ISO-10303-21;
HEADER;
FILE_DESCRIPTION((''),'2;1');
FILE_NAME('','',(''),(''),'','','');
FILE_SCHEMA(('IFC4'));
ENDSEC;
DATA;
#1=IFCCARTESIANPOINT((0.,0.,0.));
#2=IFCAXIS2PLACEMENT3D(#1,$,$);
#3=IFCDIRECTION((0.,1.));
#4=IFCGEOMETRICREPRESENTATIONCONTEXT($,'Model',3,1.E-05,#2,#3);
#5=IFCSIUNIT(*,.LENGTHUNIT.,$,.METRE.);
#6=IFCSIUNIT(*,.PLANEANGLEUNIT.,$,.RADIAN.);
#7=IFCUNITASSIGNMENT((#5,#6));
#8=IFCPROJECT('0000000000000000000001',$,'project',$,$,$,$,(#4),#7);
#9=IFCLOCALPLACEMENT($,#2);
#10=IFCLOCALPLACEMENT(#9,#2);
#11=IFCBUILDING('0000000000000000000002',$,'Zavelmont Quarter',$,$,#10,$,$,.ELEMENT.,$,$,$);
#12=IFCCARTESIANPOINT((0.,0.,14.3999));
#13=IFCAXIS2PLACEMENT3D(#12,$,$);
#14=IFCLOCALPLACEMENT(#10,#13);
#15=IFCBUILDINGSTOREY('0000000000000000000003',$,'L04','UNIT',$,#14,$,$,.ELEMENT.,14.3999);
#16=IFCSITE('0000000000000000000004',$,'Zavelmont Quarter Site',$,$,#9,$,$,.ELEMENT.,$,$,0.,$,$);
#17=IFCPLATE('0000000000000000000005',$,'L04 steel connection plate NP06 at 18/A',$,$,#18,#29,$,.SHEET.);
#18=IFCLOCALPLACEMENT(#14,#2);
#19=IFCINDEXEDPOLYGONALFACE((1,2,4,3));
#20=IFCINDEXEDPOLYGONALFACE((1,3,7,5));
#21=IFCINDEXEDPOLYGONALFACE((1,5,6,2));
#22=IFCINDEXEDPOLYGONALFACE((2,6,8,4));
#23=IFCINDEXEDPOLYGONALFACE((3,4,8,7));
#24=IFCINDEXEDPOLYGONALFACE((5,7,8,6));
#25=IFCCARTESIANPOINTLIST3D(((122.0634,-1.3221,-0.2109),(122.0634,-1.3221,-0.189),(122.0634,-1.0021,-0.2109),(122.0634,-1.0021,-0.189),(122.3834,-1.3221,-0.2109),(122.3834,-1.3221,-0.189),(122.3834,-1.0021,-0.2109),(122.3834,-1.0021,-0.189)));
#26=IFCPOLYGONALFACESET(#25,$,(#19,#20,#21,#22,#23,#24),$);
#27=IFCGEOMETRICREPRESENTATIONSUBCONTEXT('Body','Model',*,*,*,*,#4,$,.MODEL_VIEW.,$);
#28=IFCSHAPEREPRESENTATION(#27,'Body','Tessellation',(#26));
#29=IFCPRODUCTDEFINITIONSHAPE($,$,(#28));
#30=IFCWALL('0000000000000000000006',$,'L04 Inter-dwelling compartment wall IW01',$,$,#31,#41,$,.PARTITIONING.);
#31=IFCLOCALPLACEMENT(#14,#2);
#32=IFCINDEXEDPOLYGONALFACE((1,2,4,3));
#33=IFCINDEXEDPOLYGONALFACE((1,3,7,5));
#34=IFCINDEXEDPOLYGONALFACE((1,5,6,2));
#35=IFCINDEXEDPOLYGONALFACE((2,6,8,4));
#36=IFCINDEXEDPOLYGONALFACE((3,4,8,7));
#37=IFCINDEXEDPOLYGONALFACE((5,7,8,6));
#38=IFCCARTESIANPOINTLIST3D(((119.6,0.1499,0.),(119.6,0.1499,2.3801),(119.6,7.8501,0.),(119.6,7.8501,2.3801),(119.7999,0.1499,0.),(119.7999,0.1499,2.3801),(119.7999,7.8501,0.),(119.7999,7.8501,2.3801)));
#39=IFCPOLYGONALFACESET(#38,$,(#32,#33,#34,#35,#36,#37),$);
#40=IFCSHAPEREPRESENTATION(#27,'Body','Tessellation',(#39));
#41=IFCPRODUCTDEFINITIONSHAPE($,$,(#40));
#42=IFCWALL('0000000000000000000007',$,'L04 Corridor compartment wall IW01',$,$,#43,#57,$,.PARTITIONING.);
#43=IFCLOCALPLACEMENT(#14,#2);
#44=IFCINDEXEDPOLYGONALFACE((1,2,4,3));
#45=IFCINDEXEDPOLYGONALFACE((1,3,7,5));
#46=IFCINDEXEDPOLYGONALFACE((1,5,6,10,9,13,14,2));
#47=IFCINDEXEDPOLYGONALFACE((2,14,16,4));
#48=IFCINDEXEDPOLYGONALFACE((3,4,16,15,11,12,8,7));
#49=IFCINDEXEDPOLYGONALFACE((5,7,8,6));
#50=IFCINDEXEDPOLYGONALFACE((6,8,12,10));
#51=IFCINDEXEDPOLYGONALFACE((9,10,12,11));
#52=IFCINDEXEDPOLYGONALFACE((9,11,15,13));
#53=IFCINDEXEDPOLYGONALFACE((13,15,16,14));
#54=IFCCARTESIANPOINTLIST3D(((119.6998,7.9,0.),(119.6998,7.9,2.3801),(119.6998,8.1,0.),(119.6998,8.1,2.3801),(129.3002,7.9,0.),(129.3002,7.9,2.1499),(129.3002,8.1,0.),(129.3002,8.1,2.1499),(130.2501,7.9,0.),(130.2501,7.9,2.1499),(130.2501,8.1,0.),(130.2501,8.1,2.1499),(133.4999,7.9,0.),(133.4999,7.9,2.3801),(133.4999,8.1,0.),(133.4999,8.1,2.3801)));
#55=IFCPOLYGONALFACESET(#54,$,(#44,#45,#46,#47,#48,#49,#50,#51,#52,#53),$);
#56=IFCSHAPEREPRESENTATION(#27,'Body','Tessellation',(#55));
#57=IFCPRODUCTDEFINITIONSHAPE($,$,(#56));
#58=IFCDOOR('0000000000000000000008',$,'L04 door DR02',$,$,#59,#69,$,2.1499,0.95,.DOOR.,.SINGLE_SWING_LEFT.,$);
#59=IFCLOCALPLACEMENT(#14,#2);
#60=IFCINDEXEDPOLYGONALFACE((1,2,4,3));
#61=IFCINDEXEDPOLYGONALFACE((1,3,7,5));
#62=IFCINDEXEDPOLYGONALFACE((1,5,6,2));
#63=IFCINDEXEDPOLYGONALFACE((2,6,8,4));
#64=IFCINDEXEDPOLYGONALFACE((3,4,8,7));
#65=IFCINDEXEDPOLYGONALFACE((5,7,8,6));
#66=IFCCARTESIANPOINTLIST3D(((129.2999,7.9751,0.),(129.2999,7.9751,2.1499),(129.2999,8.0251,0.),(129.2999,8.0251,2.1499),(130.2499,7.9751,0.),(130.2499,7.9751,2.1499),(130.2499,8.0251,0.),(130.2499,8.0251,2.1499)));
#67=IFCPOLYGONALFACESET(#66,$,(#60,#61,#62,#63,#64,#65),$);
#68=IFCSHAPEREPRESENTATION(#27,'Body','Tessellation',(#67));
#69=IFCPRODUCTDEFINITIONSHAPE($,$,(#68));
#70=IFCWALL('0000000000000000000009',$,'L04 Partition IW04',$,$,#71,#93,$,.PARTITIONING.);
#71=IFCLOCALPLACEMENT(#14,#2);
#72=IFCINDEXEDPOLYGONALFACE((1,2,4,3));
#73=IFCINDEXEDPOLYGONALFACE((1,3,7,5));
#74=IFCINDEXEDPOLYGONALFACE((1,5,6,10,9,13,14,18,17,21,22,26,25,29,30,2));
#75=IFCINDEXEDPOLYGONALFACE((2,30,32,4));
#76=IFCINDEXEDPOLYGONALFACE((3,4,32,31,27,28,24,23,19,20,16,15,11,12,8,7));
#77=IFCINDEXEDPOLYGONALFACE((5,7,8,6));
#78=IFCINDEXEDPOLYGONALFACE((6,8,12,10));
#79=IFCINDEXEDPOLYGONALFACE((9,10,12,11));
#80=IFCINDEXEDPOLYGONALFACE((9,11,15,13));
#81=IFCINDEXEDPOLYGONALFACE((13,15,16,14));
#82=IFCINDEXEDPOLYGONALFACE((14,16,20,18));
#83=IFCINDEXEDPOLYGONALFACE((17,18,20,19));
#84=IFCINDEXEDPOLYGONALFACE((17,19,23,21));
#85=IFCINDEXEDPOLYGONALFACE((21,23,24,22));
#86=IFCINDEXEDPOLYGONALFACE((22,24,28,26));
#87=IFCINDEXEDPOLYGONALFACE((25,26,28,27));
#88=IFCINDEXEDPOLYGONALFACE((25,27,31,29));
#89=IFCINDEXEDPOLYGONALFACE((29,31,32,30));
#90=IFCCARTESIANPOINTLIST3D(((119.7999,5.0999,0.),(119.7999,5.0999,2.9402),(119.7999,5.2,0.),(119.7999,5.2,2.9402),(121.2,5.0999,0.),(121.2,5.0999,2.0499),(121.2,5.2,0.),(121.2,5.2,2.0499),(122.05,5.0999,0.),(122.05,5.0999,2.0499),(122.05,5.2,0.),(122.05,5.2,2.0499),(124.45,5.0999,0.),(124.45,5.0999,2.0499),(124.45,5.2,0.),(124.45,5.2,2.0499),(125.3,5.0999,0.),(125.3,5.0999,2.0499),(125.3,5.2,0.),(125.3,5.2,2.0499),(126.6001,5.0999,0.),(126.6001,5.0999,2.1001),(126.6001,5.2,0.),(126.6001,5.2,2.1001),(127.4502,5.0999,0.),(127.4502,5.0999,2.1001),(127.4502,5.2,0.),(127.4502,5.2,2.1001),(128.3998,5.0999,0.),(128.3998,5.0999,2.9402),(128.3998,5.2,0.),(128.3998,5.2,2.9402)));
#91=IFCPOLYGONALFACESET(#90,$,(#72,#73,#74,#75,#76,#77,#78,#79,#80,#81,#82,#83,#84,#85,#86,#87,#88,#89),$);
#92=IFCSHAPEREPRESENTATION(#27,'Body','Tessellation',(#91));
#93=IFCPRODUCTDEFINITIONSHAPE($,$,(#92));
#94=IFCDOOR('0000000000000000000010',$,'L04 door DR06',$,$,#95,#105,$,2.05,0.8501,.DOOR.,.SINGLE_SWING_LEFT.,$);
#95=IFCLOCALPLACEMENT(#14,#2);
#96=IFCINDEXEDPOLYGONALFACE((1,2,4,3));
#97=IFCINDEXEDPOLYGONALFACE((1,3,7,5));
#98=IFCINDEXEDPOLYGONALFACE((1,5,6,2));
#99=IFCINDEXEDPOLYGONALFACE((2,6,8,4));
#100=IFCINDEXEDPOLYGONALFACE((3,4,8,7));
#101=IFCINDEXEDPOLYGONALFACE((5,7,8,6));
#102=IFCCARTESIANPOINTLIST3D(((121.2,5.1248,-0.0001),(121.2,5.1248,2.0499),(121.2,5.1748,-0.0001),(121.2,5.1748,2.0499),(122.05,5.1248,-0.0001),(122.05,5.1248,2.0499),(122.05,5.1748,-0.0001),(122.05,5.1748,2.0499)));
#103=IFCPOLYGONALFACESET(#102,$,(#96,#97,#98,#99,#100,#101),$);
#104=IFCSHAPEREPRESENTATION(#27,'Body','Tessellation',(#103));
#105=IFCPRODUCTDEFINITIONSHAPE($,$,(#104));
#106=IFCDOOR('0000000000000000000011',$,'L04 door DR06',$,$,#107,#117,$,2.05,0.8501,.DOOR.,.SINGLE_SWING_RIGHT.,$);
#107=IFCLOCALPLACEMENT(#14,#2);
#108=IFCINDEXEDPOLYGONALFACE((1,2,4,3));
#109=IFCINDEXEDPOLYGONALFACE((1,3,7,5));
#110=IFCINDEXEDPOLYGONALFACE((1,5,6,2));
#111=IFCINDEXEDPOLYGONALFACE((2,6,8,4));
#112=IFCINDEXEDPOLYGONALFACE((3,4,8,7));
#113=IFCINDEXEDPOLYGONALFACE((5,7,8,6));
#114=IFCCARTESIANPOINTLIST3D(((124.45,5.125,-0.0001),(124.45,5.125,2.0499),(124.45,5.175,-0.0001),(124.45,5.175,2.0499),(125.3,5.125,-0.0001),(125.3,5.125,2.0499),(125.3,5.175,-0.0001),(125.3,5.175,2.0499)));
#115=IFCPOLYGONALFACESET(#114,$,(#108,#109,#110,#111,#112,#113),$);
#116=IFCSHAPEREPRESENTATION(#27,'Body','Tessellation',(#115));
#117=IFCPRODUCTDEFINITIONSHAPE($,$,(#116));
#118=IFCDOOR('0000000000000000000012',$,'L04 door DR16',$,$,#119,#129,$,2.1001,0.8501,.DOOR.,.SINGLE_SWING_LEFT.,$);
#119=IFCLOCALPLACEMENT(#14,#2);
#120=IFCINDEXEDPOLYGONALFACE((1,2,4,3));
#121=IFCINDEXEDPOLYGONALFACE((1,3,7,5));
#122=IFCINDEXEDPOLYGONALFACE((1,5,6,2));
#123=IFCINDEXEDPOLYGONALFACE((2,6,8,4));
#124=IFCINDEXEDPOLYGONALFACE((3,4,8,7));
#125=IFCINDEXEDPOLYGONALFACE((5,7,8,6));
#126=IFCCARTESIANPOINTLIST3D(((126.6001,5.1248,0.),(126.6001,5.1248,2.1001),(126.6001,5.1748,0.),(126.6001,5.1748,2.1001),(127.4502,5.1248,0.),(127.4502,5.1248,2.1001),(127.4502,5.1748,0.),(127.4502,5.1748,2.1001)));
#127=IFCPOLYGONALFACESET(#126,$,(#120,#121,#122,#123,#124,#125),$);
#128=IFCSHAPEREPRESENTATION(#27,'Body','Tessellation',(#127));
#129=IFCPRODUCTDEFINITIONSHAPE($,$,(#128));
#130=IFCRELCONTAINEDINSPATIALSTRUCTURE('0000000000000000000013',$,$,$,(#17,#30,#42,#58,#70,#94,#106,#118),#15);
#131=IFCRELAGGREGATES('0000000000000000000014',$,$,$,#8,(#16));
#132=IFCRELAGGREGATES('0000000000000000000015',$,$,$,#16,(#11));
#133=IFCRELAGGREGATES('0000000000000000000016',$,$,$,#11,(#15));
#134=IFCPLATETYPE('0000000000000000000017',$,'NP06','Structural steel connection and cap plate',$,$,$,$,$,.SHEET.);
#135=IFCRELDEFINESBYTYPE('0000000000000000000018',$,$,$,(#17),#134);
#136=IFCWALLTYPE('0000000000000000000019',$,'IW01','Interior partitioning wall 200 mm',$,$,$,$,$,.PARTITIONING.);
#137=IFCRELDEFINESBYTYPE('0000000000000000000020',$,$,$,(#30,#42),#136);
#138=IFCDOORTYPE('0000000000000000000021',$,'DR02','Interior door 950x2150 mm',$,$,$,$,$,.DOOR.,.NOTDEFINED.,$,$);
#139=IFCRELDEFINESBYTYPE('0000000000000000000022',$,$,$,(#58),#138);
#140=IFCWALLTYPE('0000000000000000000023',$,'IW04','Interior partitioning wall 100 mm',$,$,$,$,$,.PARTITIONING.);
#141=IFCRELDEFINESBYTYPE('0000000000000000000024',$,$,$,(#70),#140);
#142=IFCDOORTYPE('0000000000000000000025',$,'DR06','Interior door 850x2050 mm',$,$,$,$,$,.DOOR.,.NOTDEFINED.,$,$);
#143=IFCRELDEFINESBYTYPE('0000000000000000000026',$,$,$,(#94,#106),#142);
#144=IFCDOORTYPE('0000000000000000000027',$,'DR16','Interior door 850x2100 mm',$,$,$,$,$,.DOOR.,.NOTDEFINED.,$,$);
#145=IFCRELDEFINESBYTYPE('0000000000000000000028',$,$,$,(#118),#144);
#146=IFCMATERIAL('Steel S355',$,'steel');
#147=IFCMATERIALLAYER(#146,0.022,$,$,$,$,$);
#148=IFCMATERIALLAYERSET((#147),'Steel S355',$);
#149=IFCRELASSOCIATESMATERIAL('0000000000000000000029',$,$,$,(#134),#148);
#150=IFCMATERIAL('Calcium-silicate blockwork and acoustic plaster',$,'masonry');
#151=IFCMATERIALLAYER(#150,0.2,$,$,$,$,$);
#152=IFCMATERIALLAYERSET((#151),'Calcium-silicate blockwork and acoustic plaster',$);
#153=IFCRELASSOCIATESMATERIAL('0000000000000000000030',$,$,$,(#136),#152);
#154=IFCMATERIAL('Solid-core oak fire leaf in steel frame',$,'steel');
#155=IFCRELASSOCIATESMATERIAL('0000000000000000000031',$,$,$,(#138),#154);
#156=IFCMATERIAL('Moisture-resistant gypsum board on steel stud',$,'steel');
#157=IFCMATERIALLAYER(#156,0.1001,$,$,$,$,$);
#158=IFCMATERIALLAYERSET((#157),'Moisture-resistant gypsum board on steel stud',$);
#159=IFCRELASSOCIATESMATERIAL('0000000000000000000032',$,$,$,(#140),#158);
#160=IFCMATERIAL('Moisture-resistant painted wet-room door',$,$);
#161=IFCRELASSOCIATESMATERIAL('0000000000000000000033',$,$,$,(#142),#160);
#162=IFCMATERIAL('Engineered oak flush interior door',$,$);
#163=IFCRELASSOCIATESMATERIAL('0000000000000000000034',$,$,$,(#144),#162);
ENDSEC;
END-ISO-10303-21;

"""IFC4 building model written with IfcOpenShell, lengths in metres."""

from ifc_helpers import new_model, si_unit, direction, frame, frame_2d, origin, origin_with_axes, origin_2d, place, context, subcontext, project, spatial, rectangle, extrude, material, layer, layer_set, type_object, element, fill, save


model = new_model("IFC4")

# Units and contexts
model_context = context("Model", 3, precision=1e-05, world=origin(), true_north=direction((0.0, 1.0)))
body_context = subcontext(model_context, "Body", "Model", "MODEL_VIEW")
ifc_project = project(units=[si_unit("LENGTHUNIT", "METRE"), si_unit("PLANEANGLEUNIT", "RADIAN")], contexts=[model_context])

# Site, building, storey
site_placement = place(None, origin())
site = spatial("IfcSite", under=ifc_project, at=site_placement, Name="Zavelmont Quarter Site", CompositionType="ELEMENT", RefElevation=0.0)
building_placement = place(site_placement, origin())
building = spatial("IfcBuilding", under=site, at=building_placement, Name="Zavelmont Quarter", CompositionType="ELEMENT")
storey_placement = place(building_placement, frame((0.0, 0.0, 14.3999)))
storey = spatial("IfcBuildingStorey", under=building, at=storey_placement, Name="L04", Description="UNIT", CompositionType="ELEMENT", Elevation=14.3999)

# Shared definitions
ifc_material_1 = material(Name="Steel S355", Category="steel")

# Plate
ifc_layer_1 = layer(ifc_material_1, 0.022)
ifc_layer_set_1 = layer_set([ifc_layer_1], Name="Steel S355")
plate_type = type_object("IfcPlateType", Name="NP06", Description="Structural steel connection and cap plate", PredefinedType="SHEET", material=ifc_layer_set_1)
plate_placement = place(storey_placement, frame((122.2234, -1.1621, -0.2109), z_axis=(0.0, 0.0, 1.0), x_axis=(1.0, 0.0, 0.0)))
element("IfcPlate", 1, at=plate_placement, inside=storey, type_object=plate_type, Name="L04 steel connection plate NP06 at 18/A", PredefinedType="SHEET", context=body_context, shape_type="SweptSolid", body=[
    extrude(rectangle(XDim=0.3201, YDim=0.3201, at=origin_2d()), origin(), (0.0, 0.0, 1.0), 0.022),
])

# Wall
ifc_material_2 = material(Name="Calcium-silicate blockwork and acoustic plaster", Category="masonry")
ifc_layer_2 = layer(ifc_material_2, 0.2)
ifc_layer_set_2 = layer_set([ifc_layer_2], Name="Calcium-silicate blockwork and acoustic plaster")
wall_type_1 = type_object("IfcWallType", Name="IW01", Description="Interior partitioning wall 200 mm", PredefinedType="PARTITIONING", material=ifc_layer_set_2)
wall_1_placement = place(storey_placement, frame((119.7, 7.8501, 0.0), z_axis=(0.0, 0.0, 1.0), x_axis=(0.0, -1.0, 0.0)))
element("IfcWall", 2, at=wall_1_placement, inside=storey, type_object=wall_type_1, Name="L04 Inter-dwelling compartment wall IW01", PredefinedType="PARTITIONING", context=body_context, shape_type="SweptSolid", body=[
    extrude(rectangle(XDim=7.7002, YDim=0.2, at=frame_2d((3.8501, 0.0))), origin(), (0.0, 0.0, 1.0), 2.3801),
])

# Wall, opening, door
wall_2_placement = place(storey_placement, frame((119.7, 8.0, 0.0), z_axis=(0.0, 0.0, 1.0), x_axis=(1.0, 0.0, 0.0)))
wall_2 = element("IfcWall", 3, at=wall_2_placement, inside=storey, type_object=wall_type_1, Name="L04 Corridor compartment wall IW01", PredefinedType="PARTITIONING", context=body_context, shape_type="SweptSolid", body=[
    extrude(rectangle(XDim=13.8, YDim=0.2, at=frame_2d((6.8999, 0.0))), origin(), (0.0, 0.0, 1.0), 2.3801),
])
opening_1_placement = place(wall_2_placement, frame((9.6001, 0.0, 0.0)))
opening_1 = element("IfcOpeningElement", 4, at=opening_1_placement, cuts=wall_2, PredefinedType="OPENING", context=body_context, shape_type="SweptSolid", body=[
    extrude(rectangle(XDim=0.95, YDim=2.1499, at=frame_2d((0.4751, 1.075))), frame((0.0, 0.1118, 0.0), z_axis=(0.0, -1.0, 0.0), x_axis=(1.0, 0.0, 0.0)), (0.0, 0.0, 1.0), 0.2239),
])
ifc_material_3 = material(Name="Solid-core oak fire leaf in steel frame", Category="steel")
door_type_1 = type_object("IfcDoorType", Name="DR02", Description="Interior door 950x2150 mm", OperationType="NOTDEFINED", PredefinedType="DOOR", material=ifc_material_3)
door_1_placement = place(opening_1_placement, frame((0.95, 0.0, 0.0), z_axis=(0.0, 0.0, 1.0), x_axis=(-1.0, 0.0, 0.0)))
door_1 = element("IfcDoor", 5, at=door_1_placement, inside=storey, type_object=door_type_1, Name="L04 door DR02", OperationType="SINGLE_SWING_LEFT", OverallHeight=2.1499, OverallWidth=0.95, PredefinedType="DOOR", context=body_context, shape_type="SweptSolid", body=[
    extrude(rectangle(XDim=0.95, YDim=2.1499, at=frame_2d((0.4751, 1.075))), frame((0.0, 0.0249, 0.0), z_axis=(0.0, -1.0, 0.0), x_axis=(1.0, 0.0, 0.0)), (0.0, 0.0, 1.0), 0.05),
])
fill(opening_1, door_1)

# Wall, openings, doors
ifc_material_4 = material(Name="Moisture-resistant gypsum board on steel stud", Category="steel")
ifc_layer_3 = layer(ifc_material_4, 0.1001)
ifc_layer_set_3 = layer_set([ifc_layer_3], Name="Moisture-resistant gypsum board on steel stud")
wall_type_2 = type_object("IfcWallType", Name="IW04", Description="Interior partitioning wall 100 mm", PredefinedType="PARTITIONING", material=ifc_layer_set_3)
wall_3_placement = place(storey_placement, frame((119.8, 5.1499, 0.0), z_axis=(0.0, 0.0, 1.0), x_axis=(1.0, 0.0, 0.0)))
wall_3 = element("IfcWall", 6, at=wall_3_placement, inside=storey, type_object=wall_type_2, Name="L04 Partition IW04", PredefinedType="PARTITIONING", context=body_context, shape_type="SweptSolid", body=[
    extrude(rectangle(XDim=8.5999, YDim=0.1001, at=frame_2d((4.2998, 0.0))), origin(), (0.0, 0.0, 1.0), 2.9402),
])
opening_2_placement = place(wall_3_placement, frame((1.3999, 0.0, 0.0)))
opening_2 = element("IfcOpeningElement", 7, at=opening_2_placement, cuts=wall_3, PredefinedType="OPENING", context=body_context, shape_type="SweptSolid", body=[
    extrude(rectangle(XDim=0.8501, YDim=2.05, at=frame_2d((0.425, 1.0249))), frame((0.0, 0.062, 0.0), z_axis=(0.0, -1.0, 0.0), x_axis=(1.0, 0.0, 0.0)), (0.0, 0.0, 1.0), 0.124),
])
opening_3_placement = place(wall_3_placement, frame((4.6499, 0.0, 0.0)))
opening_3 = element("IfcOpeningElement", 8, at=opening_3_placement, cuts=wall_3, PredefinedType="OPENING", context=body_context, shape_type="SweptSolid", body=[
    extrude(rectangle(XDim=0.8501, YDim=2.05, at=frame_2d((0.425, 1.0249))), frame((0.0, 0.062, 0.0), z_axis=(0.0, -1.0, 0.0), x_axis=(1.0, 0.0, 0.0)), (0.0, 0.0, 1.0), 0.124),
])
opening_4_placement = place(wall_3_placement, frame((6.8, 0.0, 0.0)))
opening_4 = element("IfcOpeningElement", 9, at=opening_4_placement, cuts=wall_3, PredefinedType="OPENING", context=body_context, shape_type="SweptSolid", body=[
    extrude(rectangle(XDim=0.8501, YDim=2.1001, at=frame_2d((0.425, 1.05))), frame((0.0, 0.062, 0.0), z_axis=(0.0, -1.0, 0.0), x_axis=(1.0, 0.0, 0.0)), (0.0, 0.0, 1.0), 0.124),
])
ifc_material_5 = material(Name="Moisture-resistant painted wet-room door")
door_type_2 = type_object("IfcDoorType", Name="DR06", Description="Interior door 850x2050 mm", OperationType="NOTDEFINED", PredefinedType="DOOR", material=ifc_material_5)
door_2_placement = place(opening_2_placement, origin_with_axes())
door_2 = element("IfcDoor", 10, at=door_2_placement, inside=storey, type_object=door_type_2, Name="L04 door DR06", OperationType="SINGLE_SWING_LEFT", OverallHeight=2.05, OverallWidth=0.8501, PredefinedType="DOOR", context=body_context, shape_type="SweptSolid", body=[
    extrude(rectangle(XDim=0.8501, YDim=2.05, at=frame_2d((0.425, 1.0249))), frame((0.0, 0.0249, 0.0), z_axis=(0.0, -1.0, 0.0), x_axis=(1.0, 0.0, 0.0)), (0.0, 0.0, 1.0), 0.05),
])
fill(opening_2, door_2)
door_3_placement = place(opening_3_placement, frame((0.8501, 0.0, 0.0), z_axis=(0.0, 0.0, 1.0), x_axis=(-1.0, 0.0, 0.0)))
door_3 = element("IfcDoor", 11, at=door_3_placement, inside=storey, type_object=door_type_2, Name="L04 door DR06", OperationType="SINGLE_SWING_RIGHT", OverallHeight=2.05, OverallWidth=0.8501, PredefinedType="DOOR", context=body_context, shape_type="SweptSolid", body=[
    extrude(rectangle(XDim=0.8501, YDim=2.05, at=frame_2d((0.425, 1.0249))), frame((0.0, 0.0249, 0.0), z_axis=(0.0, -1.0, 0.0), x_axis=(1.0, 0.0, 0.0)), (0.0, 0.0, 1.0), 0.05),
])
fill(opening_3, door_3)
ifc_material_6 = material(Name="Engineered oak flush interior door")
door_type_3 = type_object("IfcDoorType", Name="DR16", Description="Interior door 850x2100 mm", OperationType="NOTDEFINED", PredefinedType="DOOR", material=ifc_material_6)
door_4_placement = place(opening_4_placement, origin_with_axes())
door_4 = element("IfcDoor", 12, at=door_4_placement, inside=storey, type_object=door_type_3, Name="L04 door DR16", OperationType="SINGLE_SWING_LEFT", OverallHeight=2.1001, OverallWidth=0.8501, PredefinedType="DOOR", context=body_context, shape_type="SweptSolid", body=[
    extrude(rectangle(XDim=0.8501, YDim=2.1001, at=frame_2d((0.425, 1.05))), frame((0.0, 0.0249, 0.0), z_axis=(0.0, -1.0, 0.0), x_axis=(1.0, 0.0, 0.0)), (0.0, 0.0, 1.0), 0.05),
])
fill(opening_4, door_4)

save(model, "model.ifc")
